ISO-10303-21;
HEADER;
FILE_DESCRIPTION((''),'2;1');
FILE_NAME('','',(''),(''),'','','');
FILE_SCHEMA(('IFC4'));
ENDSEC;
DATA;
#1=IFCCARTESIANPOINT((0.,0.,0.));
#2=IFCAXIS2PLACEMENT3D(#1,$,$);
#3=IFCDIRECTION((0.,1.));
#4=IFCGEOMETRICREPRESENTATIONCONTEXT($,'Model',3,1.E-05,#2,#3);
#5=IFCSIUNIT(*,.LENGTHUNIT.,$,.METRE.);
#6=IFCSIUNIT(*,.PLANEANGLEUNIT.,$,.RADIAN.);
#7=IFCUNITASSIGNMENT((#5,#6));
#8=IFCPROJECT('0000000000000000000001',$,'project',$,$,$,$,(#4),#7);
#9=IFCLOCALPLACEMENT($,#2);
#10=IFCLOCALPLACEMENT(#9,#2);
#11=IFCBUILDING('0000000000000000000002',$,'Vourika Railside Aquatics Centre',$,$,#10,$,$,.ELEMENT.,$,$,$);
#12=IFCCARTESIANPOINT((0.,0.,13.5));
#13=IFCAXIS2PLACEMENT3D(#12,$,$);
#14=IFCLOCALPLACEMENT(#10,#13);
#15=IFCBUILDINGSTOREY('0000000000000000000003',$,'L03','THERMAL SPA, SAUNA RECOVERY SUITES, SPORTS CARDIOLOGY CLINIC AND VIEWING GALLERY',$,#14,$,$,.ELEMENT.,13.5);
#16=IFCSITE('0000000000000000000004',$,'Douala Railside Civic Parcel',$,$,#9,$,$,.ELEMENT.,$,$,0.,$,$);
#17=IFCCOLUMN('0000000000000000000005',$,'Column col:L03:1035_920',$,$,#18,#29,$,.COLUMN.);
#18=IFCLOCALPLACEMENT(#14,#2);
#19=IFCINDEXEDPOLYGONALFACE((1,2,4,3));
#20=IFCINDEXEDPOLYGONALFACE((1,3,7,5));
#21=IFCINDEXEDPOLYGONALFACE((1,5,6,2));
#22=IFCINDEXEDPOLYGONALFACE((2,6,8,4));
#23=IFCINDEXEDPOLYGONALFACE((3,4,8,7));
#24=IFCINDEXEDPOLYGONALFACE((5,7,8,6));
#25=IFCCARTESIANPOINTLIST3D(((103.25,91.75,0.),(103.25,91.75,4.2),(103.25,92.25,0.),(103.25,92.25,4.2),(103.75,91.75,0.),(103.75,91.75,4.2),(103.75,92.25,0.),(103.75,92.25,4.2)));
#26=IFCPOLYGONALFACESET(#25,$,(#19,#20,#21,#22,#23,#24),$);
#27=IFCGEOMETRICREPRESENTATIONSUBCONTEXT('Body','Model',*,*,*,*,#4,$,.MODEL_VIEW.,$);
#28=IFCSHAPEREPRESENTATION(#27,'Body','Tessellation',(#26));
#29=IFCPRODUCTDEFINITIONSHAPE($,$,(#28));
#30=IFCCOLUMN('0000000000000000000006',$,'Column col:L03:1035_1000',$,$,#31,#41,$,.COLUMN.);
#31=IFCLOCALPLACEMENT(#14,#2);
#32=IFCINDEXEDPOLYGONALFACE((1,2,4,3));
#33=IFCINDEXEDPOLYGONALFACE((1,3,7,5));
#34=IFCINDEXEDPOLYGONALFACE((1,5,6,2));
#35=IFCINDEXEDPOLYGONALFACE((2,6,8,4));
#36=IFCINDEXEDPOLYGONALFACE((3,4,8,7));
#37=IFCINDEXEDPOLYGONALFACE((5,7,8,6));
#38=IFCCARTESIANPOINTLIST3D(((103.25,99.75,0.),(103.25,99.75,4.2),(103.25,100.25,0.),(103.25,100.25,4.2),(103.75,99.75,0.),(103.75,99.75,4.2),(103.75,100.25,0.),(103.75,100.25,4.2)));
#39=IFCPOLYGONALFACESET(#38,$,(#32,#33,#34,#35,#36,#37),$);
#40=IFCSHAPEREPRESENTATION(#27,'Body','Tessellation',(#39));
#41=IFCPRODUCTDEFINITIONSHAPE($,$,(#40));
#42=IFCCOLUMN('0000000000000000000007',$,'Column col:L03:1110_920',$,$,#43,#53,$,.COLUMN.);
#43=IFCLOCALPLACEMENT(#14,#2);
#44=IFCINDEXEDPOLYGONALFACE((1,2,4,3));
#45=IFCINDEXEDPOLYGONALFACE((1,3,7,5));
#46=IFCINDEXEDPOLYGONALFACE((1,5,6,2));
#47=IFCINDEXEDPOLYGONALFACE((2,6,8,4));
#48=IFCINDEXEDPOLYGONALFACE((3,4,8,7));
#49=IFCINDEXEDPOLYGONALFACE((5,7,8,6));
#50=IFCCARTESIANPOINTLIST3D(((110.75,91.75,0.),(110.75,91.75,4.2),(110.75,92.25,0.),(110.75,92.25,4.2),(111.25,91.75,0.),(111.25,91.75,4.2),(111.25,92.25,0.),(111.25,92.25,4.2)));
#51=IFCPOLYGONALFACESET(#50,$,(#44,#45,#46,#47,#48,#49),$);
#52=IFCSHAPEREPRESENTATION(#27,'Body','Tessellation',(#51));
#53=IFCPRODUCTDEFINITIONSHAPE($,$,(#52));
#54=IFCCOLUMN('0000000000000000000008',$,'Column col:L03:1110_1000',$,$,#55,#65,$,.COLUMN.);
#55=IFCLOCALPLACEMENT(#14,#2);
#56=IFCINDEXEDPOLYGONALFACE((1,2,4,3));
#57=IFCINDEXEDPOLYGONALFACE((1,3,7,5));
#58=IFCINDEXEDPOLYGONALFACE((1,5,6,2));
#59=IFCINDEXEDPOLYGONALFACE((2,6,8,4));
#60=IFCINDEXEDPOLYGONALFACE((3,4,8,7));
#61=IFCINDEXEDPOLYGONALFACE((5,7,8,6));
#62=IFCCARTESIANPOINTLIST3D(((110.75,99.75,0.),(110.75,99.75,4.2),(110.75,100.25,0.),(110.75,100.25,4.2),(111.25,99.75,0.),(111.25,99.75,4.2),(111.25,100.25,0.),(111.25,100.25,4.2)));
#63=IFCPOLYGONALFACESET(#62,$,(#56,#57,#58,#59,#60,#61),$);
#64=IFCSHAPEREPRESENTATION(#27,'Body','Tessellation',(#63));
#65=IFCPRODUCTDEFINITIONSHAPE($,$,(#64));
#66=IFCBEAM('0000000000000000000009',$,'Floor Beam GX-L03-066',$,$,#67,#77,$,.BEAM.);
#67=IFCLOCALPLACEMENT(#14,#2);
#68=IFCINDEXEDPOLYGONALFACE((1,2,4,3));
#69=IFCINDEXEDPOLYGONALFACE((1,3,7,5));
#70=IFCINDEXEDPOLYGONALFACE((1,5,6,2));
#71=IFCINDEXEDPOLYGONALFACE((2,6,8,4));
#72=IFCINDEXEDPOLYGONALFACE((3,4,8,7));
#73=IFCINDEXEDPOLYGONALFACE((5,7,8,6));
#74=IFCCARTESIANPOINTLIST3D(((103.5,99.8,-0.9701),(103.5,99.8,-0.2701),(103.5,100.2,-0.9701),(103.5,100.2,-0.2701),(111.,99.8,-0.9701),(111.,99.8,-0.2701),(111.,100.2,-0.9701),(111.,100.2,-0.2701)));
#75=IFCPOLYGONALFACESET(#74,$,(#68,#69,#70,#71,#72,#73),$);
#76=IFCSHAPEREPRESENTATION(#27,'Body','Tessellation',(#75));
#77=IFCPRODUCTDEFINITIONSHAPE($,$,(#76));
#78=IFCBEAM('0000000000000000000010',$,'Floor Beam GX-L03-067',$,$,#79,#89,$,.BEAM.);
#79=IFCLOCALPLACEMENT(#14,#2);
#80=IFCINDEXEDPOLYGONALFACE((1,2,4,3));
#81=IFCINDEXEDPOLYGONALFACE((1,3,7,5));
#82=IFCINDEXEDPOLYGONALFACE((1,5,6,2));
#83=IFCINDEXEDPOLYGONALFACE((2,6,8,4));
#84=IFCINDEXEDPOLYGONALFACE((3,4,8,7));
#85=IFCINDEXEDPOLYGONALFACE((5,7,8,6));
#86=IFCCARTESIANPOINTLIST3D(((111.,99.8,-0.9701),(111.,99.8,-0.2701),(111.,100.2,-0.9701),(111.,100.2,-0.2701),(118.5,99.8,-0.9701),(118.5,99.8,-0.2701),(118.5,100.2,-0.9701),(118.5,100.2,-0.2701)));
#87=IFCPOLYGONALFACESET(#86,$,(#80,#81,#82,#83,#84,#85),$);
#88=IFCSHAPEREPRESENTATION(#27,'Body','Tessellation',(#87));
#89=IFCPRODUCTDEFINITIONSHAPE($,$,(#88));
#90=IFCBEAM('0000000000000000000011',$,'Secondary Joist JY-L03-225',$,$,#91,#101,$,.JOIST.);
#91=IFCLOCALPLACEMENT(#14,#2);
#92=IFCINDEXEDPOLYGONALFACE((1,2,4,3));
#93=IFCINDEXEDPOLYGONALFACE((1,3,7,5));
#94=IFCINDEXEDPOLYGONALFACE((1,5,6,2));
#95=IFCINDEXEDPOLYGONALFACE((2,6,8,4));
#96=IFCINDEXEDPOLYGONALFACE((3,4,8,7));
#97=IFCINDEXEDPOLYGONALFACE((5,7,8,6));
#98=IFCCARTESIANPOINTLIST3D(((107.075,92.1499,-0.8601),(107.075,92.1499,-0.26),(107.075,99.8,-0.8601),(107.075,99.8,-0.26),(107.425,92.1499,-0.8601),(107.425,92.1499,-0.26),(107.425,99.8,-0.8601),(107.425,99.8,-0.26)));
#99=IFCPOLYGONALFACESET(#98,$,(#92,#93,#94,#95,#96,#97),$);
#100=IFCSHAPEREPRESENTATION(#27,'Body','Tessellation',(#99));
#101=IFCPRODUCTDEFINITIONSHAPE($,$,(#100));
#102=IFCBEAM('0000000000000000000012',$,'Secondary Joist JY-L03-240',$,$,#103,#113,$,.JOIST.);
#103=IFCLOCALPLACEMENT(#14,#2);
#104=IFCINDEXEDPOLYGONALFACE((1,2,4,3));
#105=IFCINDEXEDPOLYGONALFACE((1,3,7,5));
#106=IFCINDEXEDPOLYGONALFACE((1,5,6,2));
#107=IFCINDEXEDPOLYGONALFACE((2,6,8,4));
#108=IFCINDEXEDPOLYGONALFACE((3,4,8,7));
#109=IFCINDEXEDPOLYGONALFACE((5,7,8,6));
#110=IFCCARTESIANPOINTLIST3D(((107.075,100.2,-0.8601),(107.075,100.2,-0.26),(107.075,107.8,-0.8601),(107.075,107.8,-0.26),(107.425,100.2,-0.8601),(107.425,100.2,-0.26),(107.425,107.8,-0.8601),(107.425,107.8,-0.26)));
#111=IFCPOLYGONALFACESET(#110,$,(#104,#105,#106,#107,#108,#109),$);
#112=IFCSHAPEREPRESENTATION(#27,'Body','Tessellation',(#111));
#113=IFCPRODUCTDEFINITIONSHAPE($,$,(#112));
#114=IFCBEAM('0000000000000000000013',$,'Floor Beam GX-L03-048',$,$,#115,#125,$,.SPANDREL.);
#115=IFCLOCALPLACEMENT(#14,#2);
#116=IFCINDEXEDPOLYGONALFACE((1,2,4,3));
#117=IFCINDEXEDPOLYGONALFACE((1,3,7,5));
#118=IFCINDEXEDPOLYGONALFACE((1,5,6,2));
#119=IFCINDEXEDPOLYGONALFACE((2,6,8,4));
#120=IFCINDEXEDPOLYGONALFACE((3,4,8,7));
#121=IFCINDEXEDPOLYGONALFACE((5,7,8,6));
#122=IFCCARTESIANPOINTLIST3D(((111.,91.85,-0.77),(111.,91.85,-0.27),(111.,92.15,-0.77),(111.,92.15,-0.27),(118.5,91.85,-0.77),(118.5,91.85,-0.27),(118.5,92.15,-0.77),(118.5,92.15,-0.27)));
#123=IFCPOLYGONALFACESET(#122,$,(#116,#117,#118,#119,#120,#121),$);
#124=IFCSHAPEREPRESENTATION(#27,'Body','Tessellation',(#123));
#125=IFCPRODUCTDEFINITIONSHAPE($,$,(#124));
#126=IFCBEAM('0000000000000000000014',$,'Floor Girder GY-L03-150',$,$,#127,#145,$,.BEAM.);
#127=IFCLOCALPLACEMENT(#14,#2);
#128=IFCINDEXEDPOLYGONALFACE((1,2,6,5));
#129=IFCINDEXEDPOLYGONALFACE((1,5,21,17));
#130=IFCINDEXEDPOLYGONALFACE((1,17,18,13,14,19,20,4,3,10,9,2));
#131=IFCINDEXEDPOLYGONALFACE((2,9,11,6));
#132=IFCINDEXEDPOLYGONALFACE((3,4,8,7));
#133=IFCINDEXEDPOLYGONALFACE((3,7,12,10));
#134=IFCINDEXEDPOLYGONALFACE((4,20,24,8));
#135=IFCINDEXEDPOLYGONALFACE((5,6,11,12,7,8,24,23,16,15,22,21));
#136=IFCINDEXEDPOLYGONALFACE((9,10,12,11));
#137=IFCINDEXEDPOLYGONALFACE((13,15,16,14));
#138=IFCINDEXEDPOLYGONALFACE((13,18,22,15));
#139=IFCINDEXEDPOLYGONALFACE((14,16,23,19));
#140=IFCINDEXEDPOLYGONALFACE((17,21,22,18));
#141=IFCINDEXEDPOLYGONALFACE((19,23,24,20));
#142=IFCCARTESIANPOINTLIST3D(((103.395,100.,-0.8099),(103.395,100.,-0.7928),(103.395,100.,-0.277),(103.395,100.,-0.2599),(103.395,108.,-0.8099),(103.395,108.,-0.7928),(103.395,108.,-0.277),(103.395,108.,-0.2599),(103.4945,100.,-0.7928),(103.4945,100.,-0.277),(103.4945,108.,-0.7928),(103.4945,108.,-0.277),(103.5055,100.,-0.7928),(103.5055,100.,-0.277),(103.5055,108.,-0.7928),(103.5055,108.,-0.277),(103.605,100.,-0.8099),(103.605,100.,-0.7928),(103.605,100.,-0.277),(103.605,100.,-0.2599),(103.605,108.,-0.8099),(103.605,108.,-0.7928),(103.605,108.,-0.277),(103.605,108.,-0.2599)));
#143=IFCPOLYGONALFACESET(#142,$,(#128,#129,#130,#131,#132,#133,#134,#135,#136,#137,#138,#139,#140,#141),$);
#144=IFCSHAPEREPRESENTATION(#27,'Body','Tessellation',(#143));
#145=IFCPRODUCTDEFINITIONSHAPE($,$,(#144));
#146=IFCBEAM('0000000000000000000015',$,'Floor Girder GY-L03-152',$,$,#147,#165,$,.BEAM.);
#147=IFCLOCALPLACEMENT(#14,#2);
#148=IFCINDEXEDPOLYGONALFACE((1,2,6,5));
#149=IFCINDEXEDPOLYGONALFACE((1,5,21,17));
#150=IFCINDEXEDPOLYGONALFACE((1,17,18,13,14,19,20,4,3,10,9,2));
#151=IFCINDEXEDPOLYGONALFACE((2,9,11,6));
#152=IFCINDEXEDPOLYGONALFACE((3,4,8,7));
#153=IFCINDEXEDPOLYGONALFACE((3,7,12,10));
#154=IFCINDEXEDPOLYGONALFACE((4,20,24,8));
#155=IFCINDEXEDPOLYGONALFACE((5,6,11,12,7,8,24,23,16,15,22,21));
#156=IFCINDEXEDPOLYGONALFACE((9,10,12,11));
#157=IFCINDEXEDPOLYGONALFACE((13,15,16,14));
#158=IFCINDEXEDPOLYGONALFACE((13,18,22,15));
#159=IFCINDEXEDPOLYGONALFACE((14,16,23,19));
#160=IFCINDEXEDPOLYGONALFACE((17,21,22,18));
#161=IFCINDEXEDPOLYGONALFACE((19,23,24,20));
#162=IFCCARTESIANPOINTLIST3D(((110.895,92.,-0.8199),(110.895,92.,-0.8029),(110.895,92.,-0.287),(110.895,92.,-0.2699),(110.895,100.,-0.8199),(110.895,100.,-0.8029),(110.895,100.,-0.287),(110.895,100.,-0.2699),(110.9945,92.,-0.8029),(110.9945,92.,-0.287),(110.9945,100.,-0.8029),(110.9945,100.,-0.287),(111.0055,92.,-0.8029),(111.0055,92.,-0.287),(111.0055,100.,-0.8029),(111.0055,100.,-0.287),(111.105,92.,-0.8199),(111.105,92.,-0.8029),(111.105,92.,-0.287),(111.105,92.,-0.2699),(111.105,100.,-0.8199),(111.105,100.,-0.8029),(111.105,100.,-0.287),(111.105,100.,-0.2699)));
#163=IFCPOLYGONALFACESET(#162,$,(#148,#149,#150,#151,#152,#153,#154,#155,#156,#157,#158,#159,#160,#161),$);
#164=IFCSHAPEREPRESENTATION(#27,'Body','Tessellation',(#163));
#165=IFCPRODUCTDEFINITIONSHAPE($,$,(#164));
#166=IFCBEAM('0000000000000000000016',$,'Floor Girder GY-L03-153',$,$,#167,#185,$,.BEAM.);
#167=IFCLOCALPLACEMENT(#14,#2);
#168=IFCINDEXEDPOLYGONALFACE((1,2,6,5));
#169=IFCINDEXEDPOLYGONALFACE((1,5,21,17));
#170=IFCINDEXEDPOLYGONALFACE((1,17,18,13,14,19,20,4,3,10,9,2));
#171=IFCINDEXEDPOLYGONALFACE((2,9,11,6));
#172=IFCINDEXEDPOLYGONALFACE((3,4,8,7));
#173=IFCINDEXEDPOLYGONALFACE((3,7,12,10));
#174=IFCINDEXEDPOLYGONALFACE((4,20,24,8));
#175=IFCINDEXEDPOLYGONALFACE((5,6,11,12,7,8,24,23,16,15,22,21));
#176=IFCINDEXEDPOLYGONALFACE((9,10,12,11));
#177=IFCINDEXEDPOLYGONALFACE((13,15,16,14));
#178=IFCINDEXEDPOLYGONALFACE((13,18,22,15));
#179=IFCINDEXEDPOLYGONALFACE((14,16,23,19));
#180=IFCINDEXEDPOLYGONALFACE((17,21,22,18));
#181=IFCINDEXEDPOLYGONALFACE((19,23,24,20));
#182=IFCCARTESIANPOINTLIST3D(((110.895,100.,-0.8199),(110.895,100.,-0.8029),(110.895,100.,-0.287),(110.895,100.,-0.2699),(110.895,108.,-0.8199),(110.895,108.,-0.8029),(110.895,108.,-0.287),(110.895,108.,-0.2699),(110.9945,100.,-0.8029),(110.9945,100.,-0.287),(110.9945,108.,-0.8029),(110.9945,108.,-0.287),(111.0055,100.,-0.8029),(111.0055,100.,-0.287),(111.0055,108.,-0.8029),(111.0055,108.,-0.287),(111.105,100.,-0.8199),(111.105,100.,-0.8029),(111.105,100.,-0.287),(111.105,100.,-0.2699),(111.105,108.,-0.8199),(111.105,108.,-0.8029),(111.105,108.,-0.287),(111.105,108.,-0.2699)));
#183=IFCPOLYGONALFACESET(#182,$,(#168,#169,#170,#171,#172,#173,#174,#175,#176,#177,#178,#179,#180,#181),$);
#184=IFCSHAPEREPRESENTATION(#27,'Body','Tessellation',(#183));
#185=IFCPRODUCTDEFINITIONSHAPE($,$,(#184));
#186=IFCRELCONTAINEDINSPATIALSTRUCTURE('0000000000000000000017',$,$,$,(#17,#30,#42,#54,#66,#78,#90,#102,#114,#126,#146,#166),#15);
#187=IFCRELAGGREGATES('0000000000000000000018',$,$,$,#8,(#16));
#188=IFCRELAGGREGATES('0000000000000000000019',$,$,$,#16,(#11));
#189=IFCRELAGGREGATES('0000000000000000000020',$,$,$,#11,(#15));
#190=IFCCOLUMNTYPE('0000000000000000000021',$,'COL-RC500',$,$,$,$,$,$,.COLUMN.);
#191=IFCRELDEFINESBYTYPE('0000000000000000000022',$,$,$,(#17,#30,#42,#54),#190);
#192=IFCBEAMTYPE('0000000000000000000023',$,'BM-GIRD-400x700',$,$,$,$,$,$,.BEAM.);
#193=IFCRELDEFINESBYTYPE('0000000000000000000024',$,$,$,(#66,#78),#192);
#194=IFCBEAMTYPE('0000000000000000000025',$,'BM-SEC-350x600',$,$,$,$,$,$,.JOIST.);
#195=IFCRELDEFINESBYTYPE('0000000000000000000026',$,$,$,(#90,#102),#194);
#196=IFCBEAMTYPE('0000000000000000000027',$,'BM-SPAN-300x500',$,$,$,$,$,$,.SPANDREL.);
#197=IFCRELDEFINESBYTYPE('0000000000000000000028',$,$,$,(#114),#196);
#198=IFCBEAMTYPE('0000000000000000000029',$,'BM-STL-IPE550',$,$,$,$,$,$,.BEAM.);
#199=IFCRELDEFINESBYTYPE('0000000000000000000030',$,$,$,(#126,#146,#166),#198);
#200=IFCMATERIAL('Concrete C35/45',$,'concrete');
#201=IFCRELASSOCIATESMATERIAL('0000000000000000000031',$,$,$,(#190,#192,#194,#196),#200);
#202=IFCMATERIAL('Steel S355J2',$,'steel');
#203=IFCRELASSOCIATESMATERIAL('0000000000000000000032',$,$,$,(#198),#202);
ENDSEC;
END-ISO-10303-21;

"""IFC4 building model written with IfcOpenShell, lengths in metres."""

from ifc_helpers import new_model, si_unit, direction, frame, origin, origin_2d, place, context, subcontext, project, spatial, rectangle, i_section, extrude, material, material_profile, profile_set, type_object, element, save


model = new_model("IFC4")

# Units and contexts
model_context = context("Model", 3, precision=1e-05, world=origin(), true_north=direction((0.0, 1.0)))
body_context = subcontext(model_context, "Body", "Model", "MODEL_VIEW")
ifc_project = project(units=[si_unit("LENGTHUNIT", "METRE"), si_unit("PLANEANGLEUNIT", "RADIAN")], contexts=[model_context])

# Site, building, storey
site_placement = place(None, origin())
site = spatial("IfcSite", under=ifc_project, at=site_placement, Name="Douala Railside Civic Parcel", CompositionType="ELEMENT", RefElevation=0.0)
building_placement = place(site_placement, origin())
building = spatial("IfcBuilding", under=site, at=building_placement, Name="Vourika Railside Aquatics Centre", CompositionType="ELEMENT")
storey_placement = place(building_placement, frame((0.0, 0.0, 13.5)))
storey = spatial("IfcBuildingStorey", under=building, at=storey_placement, Name="L03", Description="THERMAL SPA, SAUNA RECOVERY SUITES, SPORTS CARDIOLOGY CLINIC AND VIEWING GALLERY", CompositionType="ELEMENT", Elevation=13.5)

# Columns
ifc_material_1 = material(Name="Concrete C35/45", Category="concrete")
ifc_material_profile_1 = material_profile(ifc_material_1, rectangle(XDim=0.5, YDim=0.5, at=origin_2d()), Name="RC 500x500")
ifc_profile_set_1 = profile_set([ifc_material_profile_1], Name="Concrete C35/45")
column_type = type_object("IfcColumnType", Name="COL-RC500", PredefinedType="COLUMN", material=ifc_profile_set_1)
for number, where, z_axis, x_axis, name in (
    (1, (103.5, 92.0, 0.0), (0.0, 0.0, 1.0), (1.0, 0.0, 0.0), "Column col:L03:1035_920"),
    (2, (103.5, 100.0, 0.0), (0.0, 0.0, 1.0), (1.0, 0.0, 0.0), "Column col:L03:1035_1000"),
    (3, (111.0, 92.0, 0.0), (0.0, 0.0, 1.0), (1.0, 0.0, 0.0), "Column col:L03:1110_920"),
    (4, (111.0, 100.0, 0.0), (0.0, 0.0, 1.0), (1.0, 0.0, 0.0), "Column col:L03:1110_1000"),
):
    element("IfcColumn", number, at=place(storey_placement, frame(where, z_axis=z_axis, x_axis=x_axis)), inside=storey, type_object=column_type, Name=name, PredefinedType="COLUMN", context=body_context, shape_type="SweptSolid", body=[
        extrude(rectangle(XDim=0.5, YDim=0.5, at=origin_2d()), origin(), (0.0, 0.0, 1.0), 4.2),
    ])

# Beams
ifc_material_profile_2 = material_profile(ifc_material_1, rectangle(XDim=0.3999, YDim=0.7, at=origin_2d()), Name="RC 400x700")
ifc_profile_set_2 = profile_set([ifc_material_profile_2], Name="Concrete C35/45")
beam_type_1 = type_object("IfcBeamType", Name="BM-GIRD-400x700", PredefinedType="BEAM", material=ifc_profile_set_2)
for number, where, z_axis, x_axis, name in (
    (5, (103.5, 100.0, -0.6201), (1.0, 0.0, 0.0), (0.0, 1.0, 0.0), "Floor Beam GX-L03-066"),
    (6, (111.0, 100.0, -0.6201), (1.0, 0.0, 0.0), (0.0, 1.0, 0.0), "Floor Beam GX-L03-067"),
):
    element("IfcBeam", number, at=place(storey_placement, frame(where, z_axis=z_axis, x_axis=x_axis)), inside=storey, type_object=beam_type_1, Name=name, PredefinedType="BEAM", context=body_context, shape_type="SweptSolid", body=[
        extrude(rectangle(XDim=0.3999, YDim=0.7, at=origin_2d()), origin(), (0.0, 0.0, 1.0), 7.5),
    ])
ifc_material_profile_3 = material_profile(ifc_material_1, rectangle(XDim=0.3501, YDim=0.6001, at=origin_2d()), Name="RC 350x600")
ifc_profile_set_3 = profile_set([ifc_material_profile_3], Name="Concrete C35/45")
beam_type_2 = type_object("IfcBeamType", Name="BM-SEC-350x600", PredefinedType="JOIST", material=ifc_profile_set_3)
beam_1_placement = place(storey_placement, frame((107.25, 92.1499, -0.5601), z_axis=(0.0, 1.0, 0.0), x_axis=(-1.0, 0.0, 0.0)))
element("IfcBeam", 7, at=beam_1_placement, inside=storey, type_object=beam_type_2, Name="Secondary Joist JY-L03-225", PredefinedType="JOIST", context=body_context, shape_type="SweptSolid", body=[
    extrude(rectangle(XDim=0.3501, YDim=0.6001, at=origin_2d()), origin(), (0.0, 0.0, 1.0), 7.6501),
])
beam_2_placement = place(storey_placement, frame((107.25, 100.2, -0.5601), z_axis=(0.0, 1.0, 0.0), x_axis=(-1.0, 0.0, 0.0)))
element("IfcBeam", 8, at=beam_2_placement, inside=storey, type_object=beam_type_2, Name="Secondary Joist JY-L03-240", PredefinedType="JOIST", context=body_context, shape_type="SweptSolid", body=[
    extrude(rectangle(XDim=0.3501, YDim=0.6001, at=origin_2d()), origin(), (0.0, 0.0, 1.0), 7.6001),
])
ifc_material_profile_4 = material_profile(ifc_material_1, rectangle(XDim=0.3, YDim=0.5, at=origin_2d()), Name="RC 300x500")
ifc_profile_set_4 = profile_set([ifc_material_profile_4], Name="Concrete C35/45")
beam_type_3 = type_object("IfcBeamType", Name="BM-SPAN-300x500", PredefinedType="SPANDREL", material=ifc_profile_set_4)
beam_3_placement = place(storey_placement, frame((111.0, 92.0, -0.52), z_axis=(1.0, 0.0, 0.0), x_axis=(0.0, 1.0, 0.0)))
element("IfcBeam", 9, at=beam_3_placement, inside=storey, type_object=beam_type_3, Name="Floor Beam GX-L03-048", PredefinedType="SPANDREL", context=body_context, shape_type="SweptSolid", body=[
    extrude(rectangle(XDim=0.3, YDim=0.5, at=origin_2d()), origin(), (0.0, 0.0, 1.0), 7.5),
])
ifc_material_2 = material(Name="Steel S355J2", Category="steel")
ifc_material_profile_5 = material_profile(ifc_material_2, i_section(OverallWidth=0.21, OverallDepth=0.55, WebThickness=0.011, FlangeThickness=0.0171, at=origin_2d()), Name="IPE 550")
ifc_profile_set_5 = profile_set([ifc_material_profile_5], Name="Steel S355J2")
beam_type_4 = type_object("IfcBeamType", Name="BM-STL-IPE550", PredefinedType="BEAM", material=ifc_profile_set_5)
for number, where, z_axis, x_axis, name in (
    (10, (103.5, 100.0, -0.5349), (0.0, 1.0, 0.0), (-1.0, 0.0, 0.0), "Floor Girder GY-L03-150"),
    (11, (111.0, 92.0, -0.5449), (0.0, 1.0, 0.0), (-1.0, 0.0, 0.0), "Floor Girder GY-L03-152"),
    (12, (111.0, 100.0, -0.5449), (0.0, 1.0, 0.0), (-1.0, 0.0, 0.0), "Floor Girder GY-L03-153"),
):
    element("IfcBeam", number, at=place(storey_placement, frame(where, z_axis=z_axis, x_axis=x_axis)), inside=storey, type_object=beam_type_4, Name=name, PredefinedType="BEAM", context=body_context, shape_type="SweptSolid", body=[
        extrude(i_section(OverallWidth=0.21, OverallDepth=0.55, WebThickness=0.011, FlangeThickness=0.0171, at=origin_2d()), origin(), (0.0, 0.0, 1.0), 8.0),
    ])

save(model, "model.ifc")
